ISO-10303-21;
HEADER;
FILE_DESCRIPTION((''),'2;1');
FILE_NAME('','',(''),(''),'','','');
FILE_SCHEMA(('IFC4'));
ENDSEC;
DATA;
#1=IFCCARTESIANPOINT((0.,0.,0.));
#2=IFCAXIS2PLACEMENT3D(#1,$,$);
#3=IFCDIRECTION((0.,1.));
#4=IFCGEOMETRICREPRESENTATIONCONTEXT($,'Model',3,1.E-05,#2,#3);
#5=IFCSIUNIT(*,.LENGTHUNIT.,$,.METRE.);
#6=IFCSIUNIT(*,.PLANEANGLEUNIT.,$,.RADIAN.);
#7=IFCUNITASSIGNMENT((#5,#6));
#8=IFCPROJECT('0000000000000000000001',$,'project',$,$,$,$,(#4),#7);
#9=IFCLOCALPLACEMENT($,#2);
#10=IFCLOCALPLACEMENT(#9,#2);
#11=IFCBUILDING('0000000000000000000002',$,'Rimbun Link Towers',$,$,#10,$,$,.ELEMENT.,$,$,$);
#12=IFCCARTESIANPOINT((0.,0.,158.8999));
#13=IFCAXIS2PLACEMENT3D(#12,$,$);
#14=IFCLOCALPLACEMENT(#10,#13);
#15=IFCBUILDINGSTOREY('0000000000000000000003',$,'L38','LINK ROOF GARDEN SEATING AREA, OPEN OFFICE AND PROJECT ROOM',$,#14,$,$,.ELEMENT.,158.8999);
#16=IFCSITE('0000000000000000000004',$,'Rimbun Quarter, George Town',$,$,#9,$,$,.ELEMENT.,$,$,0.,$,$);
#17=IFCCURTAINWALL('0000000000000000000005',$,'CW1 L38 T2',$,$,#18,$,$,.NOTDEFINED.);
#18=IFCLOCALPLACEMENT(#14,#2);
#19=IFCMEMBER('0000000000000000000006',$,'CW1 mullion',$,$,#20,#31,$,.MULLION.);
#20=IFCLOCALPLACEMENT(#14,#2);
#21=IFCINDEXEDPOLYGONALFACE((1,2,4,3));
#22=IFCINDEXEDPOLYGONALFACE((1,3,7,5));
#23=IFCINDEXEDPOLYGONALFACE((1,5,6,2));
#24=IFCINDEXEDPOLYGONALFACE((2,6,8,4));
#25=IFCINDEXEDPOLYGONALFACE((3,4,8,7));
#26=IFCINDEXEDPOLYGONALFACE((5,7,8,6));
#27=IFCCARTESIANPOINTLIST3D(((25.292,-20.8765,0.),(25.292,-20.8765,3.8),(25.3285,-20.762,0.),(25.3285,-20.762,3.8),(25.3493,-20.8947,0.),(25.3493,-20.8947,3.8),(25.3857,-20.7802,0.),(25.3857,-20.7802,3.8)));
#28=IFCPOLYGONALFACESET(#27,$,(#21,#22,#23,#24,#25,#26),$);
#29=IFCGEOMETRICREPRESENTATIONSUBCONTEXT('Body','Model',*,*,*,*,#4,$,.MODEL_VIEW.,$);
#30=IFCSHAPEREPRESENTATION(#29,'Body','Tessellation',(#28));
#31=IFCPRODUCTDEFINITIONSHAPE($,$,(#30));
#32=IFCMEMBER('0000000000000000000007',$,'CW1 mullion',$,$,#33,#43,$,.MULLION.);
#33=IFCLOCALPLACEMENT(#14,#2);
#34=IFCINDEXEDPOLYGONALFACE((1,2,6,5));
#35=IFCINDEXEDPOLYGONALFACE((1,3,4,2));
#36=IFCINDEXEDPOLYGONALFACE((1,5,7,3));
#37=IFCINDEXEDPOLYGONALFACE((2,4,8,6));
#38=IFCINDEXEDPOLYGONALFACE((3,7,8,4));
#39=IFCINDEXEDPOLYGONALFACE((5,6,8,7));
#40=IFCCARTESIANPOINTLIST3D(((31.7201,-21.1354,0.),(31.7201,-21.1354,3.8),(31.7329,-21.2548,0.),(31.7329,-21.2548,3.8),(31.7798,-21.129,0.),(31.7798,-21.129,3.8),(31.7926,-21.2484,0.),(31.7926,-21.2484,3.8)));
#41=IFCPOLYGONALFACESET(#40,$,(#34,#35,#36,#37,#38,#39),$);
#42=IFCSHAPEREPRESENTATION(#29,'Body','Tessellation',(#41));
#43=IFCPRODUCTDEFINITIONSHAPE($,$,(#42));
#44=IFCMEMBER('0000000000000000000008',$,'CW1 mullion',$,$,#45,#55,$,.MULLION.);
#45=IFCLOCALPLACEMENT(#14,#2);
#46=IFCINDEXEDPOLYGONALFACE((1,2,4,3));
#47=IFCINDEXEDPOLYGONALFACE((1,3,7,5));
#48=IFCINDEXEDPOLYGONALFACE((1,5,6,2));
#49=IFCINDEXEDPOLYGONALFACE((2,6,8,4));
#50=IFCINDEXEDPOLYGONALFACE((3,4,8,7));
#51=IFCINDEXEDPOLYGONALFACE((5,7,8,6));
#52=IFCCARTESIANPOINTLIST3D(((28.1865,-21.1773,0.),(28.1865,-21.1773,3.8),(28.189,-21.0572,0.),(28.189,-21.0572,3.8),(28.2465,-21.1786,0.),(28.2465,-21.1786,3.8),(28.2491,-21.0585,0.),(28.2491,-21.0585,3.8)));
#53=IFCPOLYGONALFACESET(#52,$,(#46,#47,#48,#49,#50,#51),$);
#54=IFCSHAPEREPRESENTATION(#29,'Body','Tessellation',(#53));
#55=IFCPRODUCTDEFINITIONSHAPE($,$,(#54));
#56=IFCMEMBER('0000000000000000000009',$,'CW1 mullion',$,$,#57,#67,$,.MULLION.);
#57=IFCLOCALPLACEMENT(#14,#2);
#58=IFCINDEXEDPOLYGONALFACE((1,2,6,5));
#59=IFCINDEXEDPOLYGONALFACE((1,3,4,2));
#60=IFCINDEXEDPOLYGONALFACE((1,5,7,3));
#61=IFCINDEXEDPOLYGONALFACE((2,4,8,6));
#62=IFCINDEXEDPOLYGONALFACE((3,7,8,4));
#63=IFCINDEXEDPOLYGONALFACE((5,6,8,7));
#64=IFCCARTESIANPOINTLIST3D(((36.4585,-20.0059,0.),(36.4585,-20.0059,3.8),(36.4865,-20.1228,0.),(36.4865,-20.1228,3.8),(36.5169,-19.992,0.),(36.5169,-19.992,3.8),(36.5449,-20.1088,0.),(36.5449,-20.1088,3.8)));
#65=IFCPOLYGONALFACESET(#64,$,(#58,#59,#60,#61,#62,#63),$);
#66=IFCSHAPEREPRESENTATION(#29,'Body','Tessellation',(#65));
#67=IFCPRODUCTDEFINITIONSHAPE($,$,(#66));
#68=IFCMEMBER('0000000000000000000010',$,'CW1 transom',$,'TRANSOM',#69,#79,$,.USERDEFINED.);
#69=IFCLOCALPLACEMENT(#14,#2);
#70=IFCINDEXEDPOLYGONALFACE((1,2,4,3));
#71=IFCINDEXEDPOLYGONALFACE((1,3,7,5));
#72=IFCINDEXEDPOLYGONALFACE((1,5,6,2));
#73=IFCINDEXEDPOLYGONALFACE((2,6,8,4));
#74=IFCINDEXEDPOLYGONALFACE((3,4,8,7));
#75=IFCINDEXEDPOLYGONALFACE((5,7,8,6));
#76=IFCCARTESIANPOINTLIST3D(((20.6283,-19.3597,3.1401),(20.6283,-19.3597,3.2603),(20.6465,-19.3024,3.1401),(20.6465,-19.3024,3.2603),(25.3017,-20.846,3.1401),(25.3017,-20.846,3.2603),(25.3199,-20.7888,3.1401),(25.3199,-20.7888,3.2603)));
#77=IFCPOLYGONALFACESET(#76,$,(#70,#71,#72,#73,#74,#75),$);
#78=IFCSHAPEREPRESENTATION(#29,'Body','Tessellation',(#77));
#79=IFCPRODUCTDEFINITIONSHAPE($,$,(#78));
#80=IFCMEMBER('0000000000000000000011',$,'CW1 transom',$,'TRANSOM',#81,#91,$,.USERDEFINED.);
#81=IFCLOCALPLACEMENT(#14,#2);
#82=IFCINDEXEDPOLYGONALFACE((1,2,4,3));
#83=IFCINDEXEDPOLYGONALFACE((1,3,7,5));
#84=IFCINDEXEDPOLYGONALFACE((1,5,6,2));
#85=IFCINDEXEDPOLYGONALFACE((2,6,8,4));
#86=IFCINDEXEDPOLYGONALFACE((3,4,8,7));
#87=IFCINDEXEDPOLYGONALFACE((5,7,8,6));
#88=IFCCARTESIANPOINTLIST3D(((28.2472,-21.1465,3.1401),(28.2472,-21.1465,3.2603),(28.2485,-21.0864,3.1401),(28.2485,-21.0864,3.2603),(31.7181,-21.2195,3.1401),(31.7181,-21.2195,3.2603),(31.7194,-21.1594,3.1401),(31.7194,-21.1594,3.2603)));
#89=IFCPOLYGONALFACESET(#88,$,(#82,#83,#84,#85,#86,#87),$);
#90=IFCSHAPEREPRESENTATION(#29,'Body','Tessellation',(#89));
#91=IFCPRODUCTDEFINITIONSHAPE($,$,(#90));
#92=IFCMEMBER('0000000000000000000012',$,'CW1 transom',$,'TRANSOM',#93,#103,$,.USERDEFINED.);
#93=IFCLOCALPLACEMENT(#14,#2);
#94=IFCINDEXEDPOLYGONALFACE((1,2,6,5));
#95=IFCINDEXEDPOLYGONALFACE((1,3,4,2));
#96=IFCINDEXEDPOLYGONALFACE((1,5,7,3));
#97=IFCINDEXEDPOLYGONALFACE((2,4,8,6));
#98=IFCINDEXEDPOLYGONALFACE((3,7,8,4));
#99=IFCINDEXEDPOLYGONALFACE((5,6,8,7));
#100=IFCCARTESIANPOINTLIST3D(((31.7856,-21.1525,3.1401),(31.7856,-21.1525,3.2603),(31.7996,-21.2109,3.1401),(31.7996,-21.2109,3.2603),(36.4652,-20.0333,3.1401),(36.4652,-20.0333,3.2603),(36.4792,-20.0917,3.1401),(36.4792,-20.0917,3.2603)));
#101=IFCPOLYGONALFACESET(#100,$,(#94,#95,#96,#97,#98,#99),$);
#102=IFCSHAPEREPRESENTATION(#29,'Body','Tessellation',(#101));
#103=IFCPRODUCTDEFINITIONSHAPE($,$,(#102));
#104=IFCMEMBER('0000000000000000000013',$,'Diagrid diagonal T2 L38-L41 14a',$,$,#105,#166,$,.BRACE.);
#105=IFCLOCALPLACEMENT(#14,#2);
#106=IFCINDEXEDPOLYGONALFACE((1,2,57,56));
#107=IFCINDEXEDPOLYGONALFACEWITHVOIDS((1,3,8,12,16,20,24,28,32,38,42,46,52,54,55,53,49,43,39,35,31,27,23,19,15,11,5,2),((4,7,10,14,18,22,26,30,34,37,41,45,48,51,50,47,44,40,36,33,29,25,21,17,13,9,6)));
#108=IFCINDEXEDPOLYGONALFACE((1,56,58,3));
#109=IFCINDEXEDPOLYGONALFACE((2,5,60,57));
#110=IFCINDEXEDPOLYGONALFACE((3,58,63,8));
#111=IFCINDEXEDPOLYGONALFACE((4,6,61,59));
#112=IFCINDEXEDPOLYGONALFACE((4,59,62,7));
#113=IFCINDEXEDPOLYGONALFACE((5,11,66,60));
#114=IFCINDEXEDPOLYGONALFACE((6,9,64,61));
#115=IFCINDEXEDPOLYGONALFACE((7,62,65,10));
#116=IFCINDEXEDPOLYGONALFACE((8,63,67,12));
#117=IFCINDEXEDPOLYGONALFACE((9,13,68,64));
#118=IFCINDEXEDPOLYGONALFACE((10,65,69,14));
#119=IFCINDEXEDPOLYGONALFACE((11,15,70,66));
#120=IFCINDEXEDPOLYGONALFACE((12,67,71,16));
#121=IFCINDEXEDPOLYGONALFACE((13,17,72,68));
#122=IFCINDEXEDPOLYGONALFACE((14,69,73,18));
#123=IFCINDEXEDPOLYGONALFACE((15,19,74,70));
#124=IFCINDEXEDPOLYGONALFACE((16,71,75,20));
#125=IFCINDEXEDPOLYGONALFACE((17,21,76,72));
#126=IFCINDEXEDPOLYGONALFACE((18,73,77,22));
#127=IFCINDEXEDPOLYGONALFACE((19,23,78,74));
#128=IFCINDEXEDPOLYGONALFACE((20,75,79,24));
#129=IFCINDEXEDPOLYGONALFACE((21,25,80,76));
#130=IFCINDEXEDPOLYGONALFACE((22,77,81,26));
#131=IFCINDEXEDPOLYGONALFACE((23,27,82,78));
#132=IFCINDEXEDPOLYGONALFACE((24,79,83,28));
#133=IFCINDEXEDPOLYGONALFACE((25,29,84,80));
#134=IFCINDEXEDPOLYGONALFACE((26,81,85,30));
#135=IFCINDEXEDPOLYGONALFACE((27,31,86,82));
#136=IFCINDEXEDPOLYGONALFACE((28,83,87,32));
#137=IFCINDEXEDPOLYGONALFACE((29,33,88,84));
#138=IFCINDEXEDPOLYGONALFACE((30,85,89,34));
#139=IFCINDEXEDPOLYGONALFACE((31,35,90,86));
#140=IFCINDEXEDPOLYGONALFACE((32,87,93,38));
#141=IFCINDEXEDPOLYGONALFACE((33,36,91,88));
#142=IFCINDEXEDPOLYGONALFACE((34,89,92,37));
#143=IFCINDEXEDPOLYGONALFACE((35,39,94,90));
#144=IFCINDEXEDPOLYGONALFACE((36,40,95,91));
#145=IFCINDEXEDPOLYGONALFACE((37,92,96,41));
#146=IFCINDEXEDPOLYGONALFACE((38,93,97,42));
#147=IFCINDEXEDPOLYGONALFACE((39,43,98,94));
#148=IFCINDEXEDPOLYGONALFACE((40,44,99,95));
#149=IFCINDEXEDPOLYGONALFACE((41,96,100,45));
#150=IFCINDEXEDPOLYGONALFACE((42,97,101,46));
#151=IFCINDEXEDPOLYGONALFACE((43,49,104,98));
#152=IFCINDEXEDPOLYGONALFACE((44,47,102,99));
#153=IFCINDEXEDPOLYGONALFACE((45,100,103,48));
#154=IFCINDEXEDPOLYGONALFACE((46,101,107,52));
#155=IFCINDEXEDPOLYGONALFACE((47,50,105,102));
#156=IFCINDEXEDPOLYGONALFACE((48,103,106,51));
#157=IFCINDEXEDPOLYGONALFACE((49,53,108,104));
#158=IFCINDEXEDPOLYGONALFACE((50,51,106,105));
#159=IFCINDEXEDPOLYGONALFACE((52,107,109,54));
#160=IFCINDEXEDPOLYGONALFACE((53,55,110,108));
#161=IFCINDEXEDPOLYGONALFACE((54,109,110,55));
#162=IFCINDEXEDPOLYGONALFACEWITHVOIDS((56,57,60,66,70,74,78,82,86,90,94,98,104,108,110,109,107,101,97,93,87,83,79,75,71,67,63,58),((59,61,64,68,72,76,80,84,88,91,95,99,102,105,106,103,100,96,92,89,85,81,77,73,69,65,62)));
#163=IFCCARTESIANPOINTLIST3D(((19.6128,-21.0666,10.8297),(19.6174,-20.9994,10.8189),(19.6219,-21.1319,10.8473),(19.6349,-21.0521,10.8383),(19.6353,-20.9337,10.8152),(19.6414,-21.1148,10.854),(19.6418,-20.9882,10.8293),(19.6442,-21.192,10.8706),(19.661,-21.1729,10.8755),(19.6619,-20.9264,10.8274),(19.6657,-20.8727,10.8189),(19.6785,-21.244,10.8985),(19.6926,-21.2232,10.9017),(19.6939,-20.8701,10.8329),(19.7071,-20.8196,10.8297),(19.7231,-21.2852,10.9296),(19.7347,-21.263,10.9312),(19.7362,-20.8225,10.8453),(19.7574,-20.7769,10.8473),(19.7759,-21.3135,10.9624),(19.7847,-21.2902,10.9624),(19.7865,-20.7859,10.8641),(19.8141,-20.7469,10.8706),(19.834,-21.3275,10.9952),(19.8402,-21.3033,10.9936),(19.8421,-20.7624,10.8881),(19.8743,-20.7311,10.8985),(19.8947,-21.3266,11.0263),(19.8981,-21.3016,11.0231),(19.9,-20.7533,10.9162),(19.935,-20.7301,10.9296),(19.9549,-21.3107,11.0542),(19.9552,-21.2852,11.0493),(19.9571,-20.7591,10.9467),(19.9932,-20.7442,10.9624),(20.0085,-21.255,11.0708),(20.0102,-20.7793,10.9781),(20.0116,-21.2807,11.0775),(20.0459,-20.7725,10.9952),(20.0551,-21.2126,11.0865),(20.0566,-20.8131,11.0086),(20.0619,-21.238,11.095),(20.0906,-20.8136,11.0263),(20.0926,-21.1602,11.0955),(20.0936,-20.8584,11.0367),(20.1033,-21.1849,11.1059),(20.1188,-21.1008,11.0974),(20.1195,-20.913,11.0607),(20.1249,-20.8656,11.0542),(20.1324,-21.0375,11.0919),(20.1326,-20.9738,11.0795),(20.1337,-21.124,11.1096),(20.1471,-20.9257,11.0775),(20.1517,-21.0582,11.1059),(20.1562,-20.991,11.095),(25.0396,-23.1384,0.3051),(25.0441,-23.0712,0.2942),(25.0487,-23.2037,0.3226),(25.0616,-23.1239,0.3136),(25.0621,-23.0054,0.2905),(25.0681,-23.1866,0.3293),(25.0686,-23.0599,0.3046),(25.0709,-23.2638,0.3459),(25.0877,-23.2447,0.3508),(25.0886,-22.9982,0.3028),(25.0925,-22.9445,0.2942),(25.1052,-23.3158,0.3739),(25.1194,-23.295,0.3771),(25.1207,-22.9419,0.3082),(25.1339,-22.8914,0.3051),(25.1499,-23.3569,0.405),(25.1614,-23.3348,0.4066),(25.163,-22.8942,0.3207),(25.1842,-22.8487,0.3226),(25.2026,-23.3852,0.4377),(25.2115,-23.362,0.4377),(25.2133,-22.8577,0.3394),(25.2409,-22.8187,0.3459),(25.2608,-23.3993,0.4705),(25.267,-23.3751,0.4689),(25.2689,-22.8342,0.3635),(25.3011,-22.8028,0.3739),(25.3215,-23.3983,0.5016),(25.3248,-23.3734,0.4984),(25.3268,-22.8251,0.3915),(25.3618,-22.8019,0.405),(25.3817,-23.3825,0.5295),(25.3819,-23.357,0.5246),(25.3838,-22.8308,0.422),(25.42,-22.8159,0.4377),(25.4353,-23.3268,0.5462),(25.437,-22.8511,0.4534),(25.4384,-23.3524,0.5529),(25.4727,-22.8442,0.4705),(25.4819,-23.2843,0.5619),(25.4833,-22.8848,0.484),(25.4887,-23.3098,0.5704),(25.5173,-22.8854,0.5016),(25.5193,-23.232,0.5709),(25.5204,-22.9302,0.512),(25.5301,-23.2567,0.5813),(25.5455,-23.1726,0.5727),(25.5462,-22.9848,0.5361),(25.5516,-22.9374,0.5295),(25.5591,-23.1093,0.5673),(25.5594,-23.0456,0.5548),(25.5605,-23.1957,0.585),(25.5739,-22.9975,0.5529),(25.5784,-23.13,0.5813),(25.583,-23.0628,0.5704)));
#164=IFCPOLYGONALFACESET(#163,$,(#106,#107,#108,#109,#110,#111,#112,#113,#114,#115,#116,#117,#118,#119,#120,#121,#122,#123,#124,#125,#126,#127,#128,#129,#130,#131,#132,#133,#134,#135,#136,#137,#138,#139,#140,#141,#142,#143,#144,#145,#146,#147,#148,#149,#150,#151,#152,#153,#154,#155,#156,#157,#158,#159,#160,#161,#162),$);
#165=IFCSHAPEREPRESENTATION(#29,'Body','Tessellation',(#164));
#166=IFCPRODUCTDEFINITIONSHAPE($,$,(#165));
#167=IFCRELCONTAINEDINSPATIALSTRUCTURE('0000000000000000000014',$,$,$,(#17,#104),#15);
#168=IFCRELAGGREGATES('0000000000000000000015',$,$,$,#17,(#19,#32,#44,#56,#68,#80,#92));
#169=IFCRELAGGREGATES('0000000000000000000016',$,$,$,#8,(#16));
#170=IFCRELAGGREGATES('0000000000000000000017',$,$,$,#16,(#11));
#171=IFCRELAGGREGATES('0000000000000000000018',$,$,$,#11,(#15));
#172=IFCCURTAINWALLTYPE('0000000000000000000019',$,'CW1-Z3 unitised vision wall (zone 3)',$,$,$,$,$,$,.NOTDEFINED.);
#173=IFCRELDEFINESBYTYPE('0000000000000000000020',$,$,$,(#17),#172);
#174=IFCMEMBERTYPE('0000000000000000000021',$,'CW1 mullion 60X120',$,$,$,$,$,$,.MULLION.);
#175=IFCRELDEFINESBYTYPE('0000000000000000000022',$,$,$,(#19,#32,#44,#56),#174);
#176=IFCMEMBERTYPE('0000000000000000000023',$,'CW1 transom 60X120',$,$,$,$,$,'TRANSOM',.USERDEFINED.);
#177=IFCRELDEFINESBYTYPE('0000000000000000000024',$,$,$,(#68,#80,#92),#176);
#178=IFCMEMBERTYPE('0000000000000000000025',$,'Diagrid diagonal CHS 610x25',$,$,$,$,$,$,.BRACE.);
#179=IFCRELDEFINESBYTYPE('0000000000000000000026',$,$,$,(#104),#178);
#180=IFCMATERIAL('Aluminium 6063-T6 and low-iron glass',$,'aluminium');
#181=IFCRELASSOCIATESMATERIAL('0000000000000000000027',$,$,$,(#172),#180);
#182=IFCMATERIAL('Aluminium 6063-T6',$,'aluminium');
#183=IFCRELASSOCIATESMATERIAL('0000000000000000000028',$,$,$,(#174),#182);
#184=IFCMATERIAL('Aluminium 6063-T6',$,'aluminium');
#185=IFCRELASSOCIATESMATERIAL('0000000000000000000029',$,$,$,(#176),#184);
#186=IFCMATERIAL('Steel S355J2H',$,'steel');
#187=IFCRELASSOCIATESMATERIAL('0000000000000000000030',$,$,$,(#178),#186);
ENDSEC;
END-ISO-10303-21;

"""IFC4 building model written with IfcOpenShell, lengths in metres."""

from ifc_helpers import new_model, si_unit, direction, frame, origin, origin_2d, place, context, subcontext, project, spatial, rectangle, hollow_circle, extrude, material, material_profile, profile_set, type_object, element, aggregate, save


model = new_model("IFC4")

# Units and contexts
model_context = context("Model", 3, precision=1e-05, world=origin(), true_north=direction((0.0, 1.0)))
body_context = subcontext(model_context, "Body", "Model", "MODEL_VIEW")
ifc_project = project(units=[si_unit("LENGTHUNIT", "METRE"), si_unit("PLANEANGLEUNIT", "RADIAN")], contexts=[model_context])

# Site, building, storey
site_placement = place(None, origin())
site = spatial("IfcSite", under=ifc_project, at=site_placement, Name="Rimbun Quarter, George Town", CompositionType="ELEMENT", RefElevation=0.0)
building_placement = place(site_placement, origin())
building = spatial("IfcBuilding", under=site, at=building_placement, Name="Rimbun Link Towers", CompositionType="ELEMENT")
storey_placement = place(building_placement, frame((0.0, 0.0, 158.8999)))
storey = spatial("IfcBuildingStorey", under=building, at=storey_placement, Name="L38", Description="LINK ROOF GARDEN SEATING AREA, OPEN OFFICE AND PROJECT ROOM", CompositionType="ELEMENT", Elevation=158.8999)

# Curtain wall, members
ifc_material_1 = material(Name="Aluminium 6063-T6 and low-iron glass", Category="aluminium")
curtain_wall_type = type_object("IfcCurtainWallType", Name="CW1-Z3 unitised vision wall (zone 3)", PredefinedType="NOTDEFINED", material=ifc_material_1)
curtain_wall_placement = place(storey_placement, origin())
curtain_wall = element("IfcCurtainWall", 1, at=curtain_wall_placement, inside=storey, type_object=curtain_wall_type, Name="CW1 L38 T2", PredefinedType="NOTDEFINED")
ifc_material_2 = material(Name="Aluminium 6063-T6", Category="aluminium")
ifc_material_profile_1 = material_profile(ifc_material_2, rectangle(XDim=0.1201, YDim=0.0601, at=origin_2d()), Name="MULLION 60X120")
ifc_profile_set_1 = profile_set([ifc_material_profile_1], Name="Aluminium 6063-T6")
member_type_1 = type_object("IfcMemberType", Name="CW1 mullion 60X120", PredefinedType="MULLION", material=ifc_profile_set_1)
member_1_placement = place(storey_placement, frame((25.3389, -20.8284, 0.0), z_axis=(0.0, 0.0, 1.0), x_axis=(-0.303082, -0.952965, 0.0)))
member_1 = element("IfcMember", 2, at=member_1_placement, type_object=member_type_1, Name="CW1 mullion", PredefinedType="MULLION", context=body_context, shape_type="SweptSolid", body=[
    extrude(rectangle(XDim=0.1201, YDim=0.0601, at=origin_2d()), origin(), (0.0, 0.0, 1.0), 3.8),
])
member_2_placement = place(storey_placement, frame((31.7563, -21.1919, 0.0), z_axis=(0.0, 0.0, 1.0), x_axis=(0.106647, -0.994297, 0.0)))
member_2 = element("IfcMember", 3, at=member_2_placement, type_object=member_type_1, Name="CW1 mullion", PredefinedType="MULLION", context=body_context, shape_type="SweptSolid", body=[
    extrude(rectangle(XDim=0.1201, YDim=0.0601, at=origin_2d()), origin(), (0.0, 0.0, 1.0), 3.8),
])
member_3_placement = place(storey_placement, frame((28.2178, -21.1179, 0.0), z_axis=(0.0, 0.0, 1.0), x_axis=(-0.021059, -0.999778, 0.0)))
member_3 = element("IfcMember", 4, at=member_3_placement, type_object=member_type_1, Name="CW1 mullion", PredefinedType="MULLION", context=body_context, shape_type="SweptSolid", body=[
    extrude(rectangle(XDim=0.1201, YDim=0.0601, at=origin_2d()), origin(), (0.0, 0.0, 1.0), 3.8),
])
member_4_placement = place(storey_placement, frame((36.5017, -20.0574, 0.0), z_axis=(0.0, 0.0, 1.0), x_axis=(0.23261, -0.97257, 0.0)))
member_4 = element("IfcMember", 5, at=member_4_placement, type_object=member_type_1, Name="CW1 mullion", PredefinedType="MULLION", context=body_context, shape_type="SweptSolid", body=[
    extrude(rectangle(XDim=0.1201, YDim=0.0601, at=origin_2d()), origin(), (0.0, 0.0, 1.0), 3.8),
])
ifc_material_3 = material(Name="Aluminium 6063-T6", Category="aluminium")
ifc_material_profile_2 = material_profile(ifc_material_3, rectangle(XDim=0.0601, YDim=0.1201, at=origin_2d()), Name="TRANSOM 60X120")
ifc_profile_set_2 = profile_set([ifc_material_profile_2], Name="Aluminium 6063-T6")
member_type_2 = type_object("IfcMemberType", Name="CW1 transom 60X120", ElementType="TRANSOM", PredefinedType="USERDEFINED", material=ifc_profile_set_2)
member_5_placement = place(storey_placement, frame((25.3108, -20.8174, 3.2002), z_axis=(-0.952964, 0.303084, 0.0), x_axis=(-0.303084, -0.952964, 0.0)))
member_5 = element("IfcMember", 6, at=member_5_placement, type_object=member_type_2, Name="CW1 transom", ObjectType="TRANSOM", PredefinedType="USERDEFINED", context=body_context, shape_type="SweptSolid", body=[
    extrude(rectangle(XDim=0.0601, YDim=0.1201, at=origin_2d()), origin(), (0.0, 0.0, 1.0), 4.9041),
])
member_6_placement = place(storey_placement, frame((31.7188, -21.1895, 3.2002), z_axis=(-0.999779, 0.021027, 0.0), x_axis=(-0.021027, -0.999779, 0.0)))
member_6 = element("IfcMember", 7, at=member_6_placement, type_object=member_type_2, Name="CW1 transom", ObjectType="TRANSOM", PredefinedType="USERDEFINED", context=body_context, shape_type="SweptSolid", body=[
    extrude(rectangle(XDim=0.0601, YDim=0.1201, at=origin_2d()), origin(), (0.0, 0.0, 1.0), 3.4717),
])
member_7_placement = place(storey_placement, frame((36.4722, -20.0625, 3.2002), z_axis=(-0.972572, -0.232601, 0.0), x_axis=(0.232601, -0.972572, 0.0)))
member_7 = element("IfcMember", 8, at=member_7_placement, type_object=member_type_2, Name="CW1 transom", ObjectType="TRANSOM", PredefinedType="USERDEFINED", context=body_context, shape_type="SweptSolid", body=[
    extrude(rectangle(XDim=0.0601, YDim=0.1201, at=origin_2d()), origin(), (0.0, 0.0, 1.0), 4.8115),
])

# Member
ifc_material_4 = material(Name="Steel S355J2H", Category="steel")
ifc_material_profile_3 = material_profile(ifc_material_4, hollow_circle(Radius=0.3047, WallThickness=0.0249, at=origin_2d()), Name="Diagrid diagonal CHS 610x25")
ifc_profile_set_3 = profile_set([ifc_material_profile_3], Name="Steel S355J2H")
member_type_3 = type_object("IfcMemberType", Name="Diagrid diagonal CHS 610x25", PredefinedType="BRACE", material=ifc_profile_set_3)
member_8_placement = place(storey_placement, frame((25.3113, -23.1006, 0.4377), z_axis=(-0.451431, 0.172343, 0.875505), x_axis=(-0.356663, -0.934233, 0.0)))
element("IfcMember", 9, at=member_8_placement, inside=storey, type_object=member_type_3, Name="Diagrid diagonal T2 L38-L41 14a", PredefinedType="BRACE", context=body_context, shape_type="SweptSolid", body=[
    extrude(hollow_circle(Radius=0.3047, WallThickness=0.0249, at=origin_2d()), origin(), (0.0, 0.0, 1.0), 12.0212),
])

aggregate(curtain_wall, [member_1, member_2, member_3, member_4, member_5, member_6, member_7])

save(model, "model.ifc")
